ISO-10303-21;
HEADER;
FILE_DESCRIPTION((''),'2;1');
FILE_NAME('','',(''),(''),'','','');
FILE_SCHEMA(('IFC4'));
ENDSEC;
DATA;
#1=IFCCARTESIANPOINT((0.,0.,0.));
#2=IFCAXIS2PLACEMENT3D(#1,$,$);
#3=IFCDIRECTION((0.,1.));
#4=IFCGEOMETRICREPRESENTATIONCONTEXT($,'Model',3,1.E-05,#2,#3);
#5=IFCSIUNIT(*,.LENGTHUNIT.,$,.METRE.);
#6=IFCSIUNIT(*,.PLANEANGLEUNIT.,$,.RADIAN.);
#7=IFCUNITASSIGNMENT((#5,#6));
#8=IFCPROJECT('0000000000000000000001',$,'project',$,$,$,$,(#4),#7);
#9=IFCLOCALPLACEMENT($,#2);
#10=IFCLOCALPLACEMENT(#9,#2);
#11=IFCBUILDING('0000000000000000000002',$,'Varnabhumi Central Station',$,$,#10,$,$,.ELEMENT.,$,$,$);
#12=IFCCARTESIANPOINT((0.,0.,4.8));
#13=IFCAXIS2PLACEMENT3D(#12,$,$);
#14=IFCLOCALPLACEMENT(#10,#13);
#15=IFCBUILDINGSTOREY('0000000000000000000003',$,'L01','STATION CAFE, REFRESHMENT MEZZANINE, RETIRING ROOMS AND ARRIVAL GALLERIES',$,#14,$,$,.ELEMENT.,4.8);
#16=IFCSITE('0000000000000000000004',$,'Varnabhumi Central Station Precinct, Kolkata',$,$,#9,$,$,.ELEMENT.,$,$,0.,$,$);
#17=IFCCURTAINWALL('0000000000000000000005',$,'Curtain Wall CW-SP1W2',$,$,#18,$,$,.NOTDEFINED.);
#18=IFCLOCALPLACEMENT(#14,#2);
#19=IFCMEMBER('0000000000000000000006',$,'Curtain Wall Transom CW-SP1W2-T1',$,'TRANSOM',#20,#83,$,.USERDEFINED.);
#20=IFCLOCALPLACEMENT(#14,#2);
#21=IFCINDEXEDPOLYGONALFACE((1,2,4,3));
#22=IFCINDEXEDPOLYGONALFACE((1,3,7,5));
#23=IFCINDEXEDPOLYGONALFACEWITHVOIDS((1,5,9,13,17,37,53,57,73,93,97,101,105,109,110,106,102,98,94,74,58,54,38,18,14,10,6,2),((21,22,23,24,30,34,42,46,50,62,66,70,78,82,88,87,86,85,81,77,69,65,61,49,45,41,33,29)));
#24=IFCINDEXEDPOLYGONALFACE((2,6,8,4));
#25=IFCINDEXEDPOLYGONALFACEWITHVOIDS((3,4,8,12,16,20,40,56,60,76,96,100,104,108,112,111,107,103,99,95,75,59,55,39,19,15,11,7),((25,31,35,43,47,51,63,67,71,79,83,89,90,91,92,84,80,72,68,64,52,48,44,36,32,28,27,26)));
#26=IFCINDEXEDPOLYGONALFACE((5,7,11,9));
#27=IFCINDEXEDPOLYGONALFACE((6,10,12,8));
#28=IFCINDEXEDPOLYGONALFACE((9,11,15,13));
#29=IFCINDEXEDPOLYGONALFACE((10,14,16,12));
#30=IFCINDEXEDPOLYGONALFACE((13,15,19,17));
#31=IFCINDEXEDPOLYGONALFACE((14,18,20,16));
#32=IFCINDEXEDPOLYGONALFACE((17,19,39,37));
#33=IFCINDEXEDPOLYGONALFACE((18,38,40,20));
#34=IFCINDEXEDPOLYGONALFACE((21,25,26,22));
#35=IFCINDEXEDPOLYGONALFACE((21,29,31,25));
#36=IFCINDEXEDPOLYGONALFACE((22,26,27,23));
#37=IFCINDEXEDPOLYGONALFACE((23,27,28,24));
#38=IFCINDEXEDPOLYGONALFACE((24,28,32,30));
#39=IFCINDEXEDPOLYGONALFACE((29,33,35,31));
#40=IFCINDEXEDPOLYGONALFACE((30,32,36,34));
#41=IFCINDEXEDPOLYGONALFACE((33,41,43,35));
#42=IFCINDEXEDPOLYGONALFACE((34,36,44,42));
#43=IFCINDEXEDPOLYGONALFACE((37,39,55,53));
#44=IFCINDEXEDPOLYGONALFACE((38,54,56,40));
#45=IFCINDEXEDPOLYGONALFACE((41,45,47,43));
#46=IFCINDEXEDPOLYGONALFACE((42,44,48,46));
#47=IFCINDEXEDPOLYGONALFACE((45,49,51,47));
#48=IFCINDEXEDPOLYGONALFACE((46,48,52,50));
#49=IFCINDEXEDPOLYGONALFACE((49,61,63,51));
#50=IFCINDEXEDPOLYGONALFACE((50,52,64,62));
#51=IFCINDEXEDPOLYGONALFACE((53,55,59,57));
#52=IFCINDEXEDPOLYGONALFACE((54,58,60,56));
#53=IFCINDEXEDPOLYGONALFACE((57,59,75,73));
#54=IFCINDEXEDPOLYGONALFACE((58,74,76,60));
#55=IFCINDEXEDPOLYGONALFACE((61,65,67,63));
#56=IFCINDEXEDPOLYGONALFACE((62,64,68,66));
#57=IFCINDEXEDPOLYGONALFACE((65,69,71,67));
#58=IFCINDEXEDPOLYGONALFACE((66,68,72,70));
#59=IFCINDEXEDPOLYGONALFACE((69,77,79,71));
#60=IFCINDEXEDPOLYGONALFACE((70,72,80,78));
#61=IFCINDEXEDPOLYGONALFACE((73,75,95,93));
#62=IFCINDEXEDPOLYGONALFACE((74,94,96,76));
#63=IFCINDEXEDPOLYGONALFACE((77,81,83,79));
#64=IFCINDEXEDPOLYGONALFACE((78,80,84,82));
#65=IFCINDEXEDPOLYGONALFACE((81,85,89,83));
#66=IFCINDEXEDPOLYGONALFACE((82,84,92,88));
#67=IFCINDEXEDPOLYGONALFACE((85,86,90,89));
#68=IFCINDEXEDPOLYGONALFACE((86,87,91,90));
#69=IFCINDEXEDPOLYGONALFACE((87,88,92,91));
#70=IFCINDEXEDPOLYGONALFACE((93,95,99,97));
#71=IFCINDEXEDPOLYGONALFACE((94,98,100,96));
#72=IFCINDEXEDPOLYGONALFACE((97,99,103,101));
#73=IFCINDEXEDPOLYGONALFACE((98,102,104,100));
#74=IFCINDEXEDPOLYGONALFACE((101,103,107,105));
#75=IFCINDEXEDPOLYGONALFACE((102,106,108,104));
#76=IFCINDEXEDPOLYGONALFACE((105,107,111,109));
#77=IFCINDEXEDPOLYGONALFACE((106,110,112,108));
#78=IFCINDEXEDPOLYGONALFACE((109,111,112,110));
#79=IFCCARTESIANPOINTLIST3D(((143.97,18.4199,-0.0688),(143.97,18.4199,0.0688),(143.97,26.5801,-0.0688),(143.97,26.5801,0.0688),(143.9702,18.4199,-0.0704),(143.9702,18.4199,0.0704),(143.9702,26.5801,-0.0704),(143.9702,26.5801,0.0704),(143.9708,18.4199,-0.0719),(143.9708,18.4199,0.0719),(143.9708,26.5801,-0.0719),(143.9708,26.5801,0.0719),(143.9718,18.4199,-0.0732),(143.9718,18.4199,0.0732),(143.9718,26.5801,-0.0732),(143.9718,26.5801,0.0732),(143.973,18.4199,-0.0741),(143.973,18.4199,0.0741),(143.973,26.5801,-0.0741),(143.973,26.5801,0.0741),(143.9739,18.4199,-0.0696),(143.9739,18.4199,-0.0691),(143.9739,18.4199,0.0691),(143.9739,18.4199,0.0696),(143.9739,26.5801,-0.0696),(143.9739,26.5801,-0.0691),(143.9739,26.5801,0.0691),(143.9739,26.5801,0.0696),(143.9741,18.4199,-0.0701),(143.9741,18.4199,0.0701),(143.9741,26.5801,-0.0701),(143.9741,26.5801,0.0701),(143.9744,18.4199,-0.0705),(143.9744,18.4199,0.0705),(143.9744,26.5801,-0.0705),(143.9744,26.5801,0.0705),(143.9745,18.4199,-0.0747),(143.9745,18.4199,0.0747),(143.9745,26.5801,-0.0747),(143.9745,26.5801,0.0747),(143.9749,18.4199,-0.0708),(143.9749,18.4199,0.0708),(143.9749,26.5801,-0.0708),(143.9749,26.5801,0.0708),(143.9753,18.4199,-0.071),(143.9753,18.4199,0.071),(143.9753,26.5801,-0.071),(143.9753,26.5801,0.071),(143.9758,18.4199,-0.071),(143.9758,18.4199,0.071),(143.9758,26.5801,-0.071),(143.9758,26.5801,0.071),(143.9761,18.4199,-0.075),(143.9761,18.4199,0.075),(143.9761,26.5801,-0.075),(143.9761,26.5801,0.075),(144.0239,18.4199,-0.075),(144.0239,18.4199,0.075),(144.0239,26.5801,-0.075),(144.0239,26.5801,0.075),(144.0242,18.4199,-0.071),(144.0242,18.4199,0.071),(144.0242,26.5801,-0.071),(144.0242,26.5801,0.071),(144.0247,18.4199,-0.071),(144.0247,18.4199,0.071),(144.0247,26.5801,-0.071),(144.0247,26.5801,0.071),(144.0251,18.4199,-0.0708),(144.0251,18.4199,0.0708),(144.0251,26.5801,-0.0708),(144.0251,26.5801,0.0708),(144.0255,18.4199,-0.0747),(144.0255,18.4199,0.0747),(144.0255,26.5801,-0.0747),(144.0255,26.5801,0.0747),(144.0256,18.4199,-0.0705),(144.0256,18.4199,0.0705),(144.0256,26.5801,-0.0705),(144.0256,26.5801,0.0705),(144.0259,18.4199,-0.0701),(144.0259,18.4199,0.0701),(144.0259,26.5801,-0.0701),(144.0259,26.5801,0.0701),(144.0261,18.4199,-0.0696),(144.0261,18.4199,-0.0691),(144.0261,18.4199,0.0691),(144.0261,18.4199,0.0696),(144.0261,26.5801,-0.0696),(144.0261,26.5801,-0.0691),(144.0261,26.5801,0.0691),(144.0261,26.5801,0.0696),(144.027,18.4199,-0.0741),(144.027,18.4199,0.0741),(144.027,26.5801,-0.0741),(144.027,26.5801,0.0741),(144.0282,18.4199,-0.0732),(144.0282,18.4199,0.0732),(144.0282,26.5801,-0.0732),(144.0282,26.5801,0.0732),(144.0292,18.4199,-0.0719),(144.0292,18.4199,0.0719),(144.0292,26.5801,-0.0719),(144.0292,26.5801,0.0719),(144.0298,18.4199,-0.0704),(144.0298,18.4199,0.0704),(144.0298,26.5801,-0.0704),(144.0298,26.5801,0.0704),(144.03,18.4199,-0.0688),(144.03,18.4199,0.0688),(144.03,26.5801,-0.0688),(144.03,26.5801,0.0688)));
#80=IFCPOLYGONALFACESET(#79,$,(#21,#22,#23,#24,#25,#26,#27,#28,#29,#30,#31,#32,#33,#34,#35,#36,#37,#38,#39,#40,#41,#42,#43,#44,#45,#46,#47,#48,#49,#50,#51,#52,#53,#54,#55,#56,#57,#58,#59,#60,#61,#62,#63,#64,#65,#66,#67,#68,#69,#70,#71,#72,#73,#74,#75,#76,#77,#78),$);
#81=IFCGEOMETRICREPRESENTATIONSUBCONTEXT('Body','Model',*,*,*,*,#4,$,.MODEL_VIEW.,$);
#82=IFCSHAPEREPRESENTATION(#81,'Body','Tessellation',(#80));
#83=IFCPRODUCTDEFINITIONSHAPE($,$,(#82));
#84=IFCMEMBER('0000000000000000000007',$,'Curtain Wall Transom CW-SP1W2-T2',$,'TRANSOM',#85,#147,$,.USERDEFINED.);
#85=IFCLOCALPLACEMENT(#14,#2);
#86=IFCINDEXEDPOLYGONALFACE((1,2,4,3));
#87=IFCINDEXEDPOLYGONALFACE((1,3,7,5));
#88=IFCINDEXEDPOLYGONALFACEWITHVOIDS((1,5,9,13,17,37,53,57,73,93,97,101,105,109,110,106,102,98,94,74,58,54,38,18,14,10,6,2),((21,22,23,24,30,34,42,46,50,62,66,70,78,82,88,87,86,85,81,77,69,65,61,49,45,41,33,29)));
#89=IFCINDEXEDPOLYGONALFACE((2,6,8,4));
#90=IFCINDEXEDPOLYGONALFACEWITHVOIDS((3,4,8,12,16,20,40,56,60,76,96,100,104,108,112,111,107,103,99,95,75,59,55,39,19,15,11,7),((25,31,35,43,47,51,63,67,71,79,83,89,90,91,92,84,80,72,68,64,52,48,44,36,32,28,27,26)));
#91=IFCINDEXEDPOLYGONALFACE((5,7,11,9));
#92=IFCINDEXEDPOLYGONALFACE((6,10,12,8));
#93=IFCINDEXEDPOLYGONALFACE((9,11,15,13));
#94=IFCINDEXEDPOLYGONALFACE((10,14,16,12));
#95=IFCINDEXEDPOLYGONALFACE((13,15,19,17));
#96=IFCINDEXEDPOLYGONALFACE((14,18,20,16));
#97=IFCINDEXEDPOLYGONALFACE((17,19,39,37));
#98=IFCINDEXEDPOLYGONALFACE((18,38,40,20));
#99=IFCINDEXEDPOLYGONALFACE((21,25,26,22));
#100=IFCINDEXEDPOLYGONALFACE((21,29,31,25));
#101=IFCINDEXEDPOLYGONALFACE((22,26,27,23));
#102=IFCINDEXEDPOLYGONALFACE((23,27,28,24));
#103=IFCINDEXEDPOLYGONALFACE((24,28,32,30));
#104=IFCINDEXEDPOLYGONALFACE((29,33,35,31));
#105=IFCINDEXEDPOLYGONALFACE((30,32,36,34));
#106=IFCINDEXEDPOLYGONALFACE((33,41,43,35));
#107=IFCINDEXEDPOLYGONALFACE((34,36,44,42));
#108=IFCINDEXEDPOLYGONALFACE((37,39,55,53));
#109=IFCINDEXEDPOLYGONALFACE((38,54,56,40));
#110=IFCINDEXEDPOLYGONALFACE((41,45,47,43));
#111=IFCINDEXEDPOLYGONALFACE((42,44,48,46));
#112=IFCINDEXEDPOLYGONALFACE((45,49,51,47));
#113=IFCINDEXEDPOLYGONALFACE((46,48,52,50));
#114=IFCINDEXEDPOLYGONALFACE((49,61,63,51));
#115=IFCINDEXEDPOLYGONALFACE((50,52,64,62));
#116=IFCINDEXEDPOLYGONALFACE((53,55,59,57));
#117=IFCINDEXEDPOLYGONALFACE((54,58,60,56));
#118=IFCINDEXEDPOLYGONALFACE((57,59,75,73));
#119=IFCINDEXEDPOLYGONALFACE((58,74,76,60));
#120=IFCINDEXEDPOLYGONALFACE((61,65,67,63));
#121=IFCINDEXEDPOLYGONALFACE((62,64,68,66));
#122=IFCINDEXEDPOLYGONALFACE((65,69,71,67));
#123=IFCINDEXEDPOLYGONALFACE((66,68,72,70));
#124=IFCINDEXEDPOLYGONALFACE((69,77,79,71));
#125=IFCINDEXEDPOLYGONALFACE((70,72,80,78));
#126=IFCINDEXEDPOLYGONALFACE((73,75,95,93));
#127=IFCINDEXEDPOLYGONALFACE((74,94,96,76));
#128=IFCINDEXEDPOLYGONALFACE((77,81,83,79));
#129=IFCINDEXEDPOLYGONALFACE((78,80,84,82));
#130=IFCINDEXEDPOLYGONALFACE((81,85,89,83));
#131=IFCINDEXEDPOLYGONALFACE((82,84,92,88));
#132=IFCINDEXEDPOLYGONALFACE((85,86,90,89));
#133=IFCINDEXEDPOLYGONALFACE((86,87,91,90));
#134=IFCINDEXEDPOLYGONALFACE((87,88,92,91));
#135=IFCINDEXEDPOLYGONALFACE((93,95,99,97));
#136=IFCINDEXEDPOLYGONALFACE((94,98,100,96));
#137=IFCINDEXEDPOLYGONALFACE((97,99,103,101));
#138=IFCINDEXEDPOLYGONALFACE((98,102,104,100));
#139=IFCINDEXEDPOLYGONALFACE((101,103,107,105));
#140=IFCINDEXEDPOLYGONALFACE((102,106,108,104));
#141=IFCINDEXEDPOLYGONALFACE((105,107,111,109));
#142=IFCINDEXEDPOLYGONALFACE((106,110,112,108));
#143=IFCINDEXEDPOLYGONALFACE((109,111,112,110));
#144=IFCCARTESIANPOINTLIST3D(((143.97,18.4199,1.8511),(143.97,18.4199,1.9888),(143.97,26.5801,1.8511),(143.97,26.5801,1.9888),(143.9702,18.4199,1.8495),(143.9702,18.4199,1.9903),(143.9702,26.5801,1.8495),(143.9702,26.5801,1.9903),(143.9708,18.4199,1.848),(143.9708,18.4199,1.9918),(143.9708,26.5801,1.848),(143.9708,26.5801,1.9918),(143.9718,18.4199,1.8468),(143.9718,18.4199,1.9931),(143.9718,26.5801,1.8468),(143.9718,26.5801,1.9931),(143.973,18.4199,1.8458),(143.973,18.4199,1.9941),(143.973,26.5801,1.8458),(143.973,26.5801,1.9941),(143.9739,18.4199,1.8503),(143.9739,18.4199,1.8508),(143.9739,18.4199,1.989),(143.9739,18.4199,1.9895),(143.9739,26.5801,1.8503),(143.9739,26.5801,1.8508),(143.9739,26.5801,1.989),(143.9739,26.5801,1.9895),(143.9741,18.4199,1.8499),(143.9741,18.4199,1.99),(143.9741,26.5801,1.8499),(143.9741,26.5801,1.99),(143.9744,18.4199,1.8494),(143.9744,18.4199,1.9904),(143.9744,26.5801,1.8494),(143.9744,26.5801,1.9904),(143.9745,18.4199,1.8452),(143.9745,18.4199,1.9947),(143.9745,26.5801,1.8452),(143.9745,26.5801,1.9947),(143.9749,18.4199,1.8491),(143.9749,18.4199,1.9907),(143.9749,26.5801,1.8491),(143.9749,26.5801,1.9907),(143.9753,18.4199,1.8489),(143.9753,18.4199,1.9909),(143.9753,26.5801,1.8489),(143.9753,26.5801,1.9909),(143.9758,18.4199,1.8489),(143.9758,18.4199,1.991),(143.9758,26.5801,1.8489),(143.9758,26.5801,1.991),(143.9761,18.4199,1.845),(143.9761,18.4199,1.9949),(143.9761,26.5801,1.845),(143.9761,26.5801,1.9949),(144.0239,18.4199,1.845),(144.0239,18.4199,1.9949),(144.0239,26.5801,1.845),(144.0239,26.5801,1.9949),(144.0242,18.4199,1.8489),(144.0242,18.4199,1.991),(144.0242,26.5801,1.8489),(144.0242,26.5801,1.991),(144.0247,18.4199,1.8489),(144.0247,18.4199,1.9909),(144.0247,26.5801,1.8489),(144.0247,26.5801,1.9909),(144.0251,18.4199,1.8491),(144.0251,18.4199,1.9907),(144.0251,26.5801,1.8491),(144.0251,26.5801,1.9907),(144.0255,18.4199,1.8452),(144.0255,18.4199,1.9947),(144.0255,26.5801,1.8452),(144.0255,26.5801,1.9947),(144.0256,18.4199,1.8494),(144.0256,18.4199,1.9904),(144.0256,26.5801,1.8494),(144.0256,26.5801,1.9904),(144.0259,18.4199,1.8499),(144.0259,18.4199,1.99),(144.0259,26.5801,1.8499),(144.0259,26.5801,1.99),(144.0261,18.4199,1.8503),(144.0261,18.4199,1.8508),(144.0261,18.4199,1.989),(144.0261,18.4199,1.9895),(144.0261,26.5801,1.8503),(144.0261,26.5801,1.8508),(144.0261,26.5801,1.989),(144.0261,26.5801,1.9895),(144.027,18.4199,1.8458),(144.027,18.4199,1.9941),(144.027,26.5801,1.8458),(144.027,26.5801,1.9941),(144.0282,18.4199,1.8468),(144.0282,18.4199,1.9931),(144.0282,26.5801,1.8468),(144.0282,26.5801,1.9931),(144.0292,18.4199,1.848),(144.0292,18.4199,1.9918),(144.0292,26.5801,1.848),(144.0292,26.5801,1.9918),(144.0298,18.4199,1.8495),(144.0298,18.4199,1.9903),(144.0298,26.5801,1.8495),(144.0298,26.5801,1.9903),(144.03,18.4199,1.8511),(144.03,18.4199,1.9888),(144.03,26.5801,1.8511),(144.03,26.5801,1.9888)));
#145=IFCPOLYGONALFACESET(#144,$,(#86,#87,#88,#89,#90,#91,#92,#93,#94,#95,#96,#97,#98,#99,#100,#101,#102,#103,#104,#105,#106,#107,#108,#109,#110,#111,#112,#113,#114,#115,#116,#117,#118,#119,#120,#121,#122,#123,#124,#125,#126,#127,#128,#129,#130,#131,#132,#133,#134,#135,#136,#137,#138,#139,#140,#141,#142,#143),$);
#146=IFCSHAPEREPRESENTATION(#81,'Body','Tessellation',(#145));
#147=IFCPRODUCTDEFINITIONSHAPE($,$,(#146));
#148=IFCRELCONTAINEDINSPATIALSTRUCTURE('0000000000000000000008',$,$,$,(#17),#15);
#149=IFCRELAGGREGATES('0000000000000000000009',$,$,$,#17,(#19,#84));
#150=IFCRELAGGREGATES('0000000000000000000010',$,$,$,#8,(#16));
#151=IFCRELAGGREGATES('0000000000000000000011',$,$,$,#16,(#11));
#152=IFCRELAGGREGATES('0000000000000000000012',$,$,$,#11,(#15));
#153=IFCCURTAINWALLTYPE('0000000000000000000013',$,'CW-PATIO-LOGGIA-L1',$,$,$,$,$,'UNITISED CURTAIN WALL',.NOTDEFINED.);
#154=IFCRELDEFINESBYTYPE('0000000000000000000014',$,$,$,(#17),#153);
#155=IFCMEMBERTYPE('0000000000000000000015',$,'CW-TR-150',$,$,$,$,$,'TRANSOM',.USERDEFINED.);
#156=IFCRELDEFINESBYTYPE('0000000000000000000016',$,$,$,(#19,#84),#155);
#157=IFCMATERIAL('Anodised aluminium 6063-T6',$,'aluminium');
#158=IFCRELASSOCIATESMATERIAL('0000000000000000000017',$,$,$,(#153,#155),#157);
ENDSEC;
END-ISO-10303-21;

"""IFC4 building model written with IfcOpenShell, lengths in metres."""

from ifc_helpers import new_model, si_unit, direction, frame, origin, origin_2d, place, context, subcontext, project, spatial, hollow_rectangle, extrude, material, material_profile, profile_set, type_object, element, aggregate, save


model = new_model("IFC4")

# Units and contexts
model_context = context("Model", 3, precision=1e-05, world=origin(), true_north=direction((0.0, 1.0)))
body_context = subcontext(model_context, "Body", "Model", "MODEL_VIEW")
ifc_project = project(units=[si_unit("LENGTHUNIT", "METRE"), si_unit("PLANEANGLEUNIT", "RADIAN")], contexts=[model_context])

# Site, building, storey
site_placement = place(None, origin())
site = spatial("IfcSite", under=ifc_project, at=site_placement, Name="Varnabhumi Central Station Precinct, Kolkata", CompositionType="ELEMENT", RefElevation=0.0)
building_placement = place(site_placement, origin())
building = spatial("IfcBuilding", under=site, at=building_placement, Name="Varnabhumi Central Station", CompositionType="ELEMENT")
storey_placement = place(building_placement, frame((0.0, 0.0, 4.8)))
storey = spatial("IfcBuildingStorey", under=building, at=storey_placement, Name="L01", Description="STATION CAFE, REFRESHMENT MEZZANINE, RETIRING ROOMS AND ARRIVAL GALLERIES", CompositionType="ELEMENT", Elevation=4.8)

# Curtain wall
ifc_material_1 = material(Name="Anodised aluminium 6063-T6", Category="aluminium")
curtain_wall_type = type_object("IfcCurtainWallType", Name="CW-PATIO-LOGGIA-L1", ElementType="UNITISED CURTAIN WALL", PredefinedType="NOTDEFINED", material=ifc_material_1)
curtain_wall_1_placement = place(storey_placement, origin())
curtain_wall_1 = element("IfcCurtainWall", 1, at=curtain_wall_1_placement, inside=storey, type_object=curtain_wall_type, Name="Curtain Wall CW-SP1W2", PredefinedType="NOTDEFINED")

# Members
ifc_material_profile_1 = material_profile(ifc_material_1, hollow_rectangle(XDim=0.0601, YDim=0.1499, WallThickness=0.0039, InnerFilletRadius=0.002, OuterFilletRadius=0.0061, at=origin_2d()), Name="Anodised aluminium 6063-T6", Category="aluminium")
ifc_profile_set_1 = profile_set([ifc_material_profile_1], Name="Anodised aluminium 6063-T6")
member_type_1 = type_object("IfcMemberType", Name="CW-TR-150", ElementType="TRANSOM", PredefinedType="USERDEFINED", material=ifc_profile_set_1)
member_1_placement = place(storey_placement, frame((144.0, 18.4199, 0.0), z_axis=(0.0, 1.0, 0.0), x_axis=(-1.0, 0.0, 0.0)))
member_1 = element("IfcMember", 2, at=member_1_placement, type_object=member_type_1, Name="Curtain Wall Transom CW-SP1W2-T1", ObjectType="TRANSOM", PredefinedType="USERDEFINED", context=body_context, shape_type="SweptSolid", body=[
    extrude(hollow_rectangle(XDim=0.0601, YDim=0.1499, WallThickness=0.0039, InnerFilletRadius=0.002, OuterFilletRadius=0.0061, at=origin_2d()), origin(), (0.0, 0.0, 1.0), 8.1602),
])
member_2_placement = place(storey_placement, frame((144.0, 18.4199, 1.9199), z_axis=(0.0, 1.0, 0.0), x_axis=(-1.0, 0.0, 0.0)))
member_2 = element("IfcMember", 3, at=member_2_placement, type_object=member_type_1, Name="Curtain Wall Transom CW-SP1W2-T2", ObjectType="TRANSOM", PredefinedType="USERDEFINED", context=body_context, shape_type="SweptSolid", body=[
    extrude(hollow_rectangle(XDim=0.0601, YDim=0.1499, WallThickness=0.0039, InnerFilletRadius=0.002, OuterFilletRadius=0.0061, at=origin_2d()), origin(), (0.0, 0.0, 1.0), 8.1602),
])

aggregate(curtain_wall_1, [member_1, member_2])

save(model, "model.ifc")
